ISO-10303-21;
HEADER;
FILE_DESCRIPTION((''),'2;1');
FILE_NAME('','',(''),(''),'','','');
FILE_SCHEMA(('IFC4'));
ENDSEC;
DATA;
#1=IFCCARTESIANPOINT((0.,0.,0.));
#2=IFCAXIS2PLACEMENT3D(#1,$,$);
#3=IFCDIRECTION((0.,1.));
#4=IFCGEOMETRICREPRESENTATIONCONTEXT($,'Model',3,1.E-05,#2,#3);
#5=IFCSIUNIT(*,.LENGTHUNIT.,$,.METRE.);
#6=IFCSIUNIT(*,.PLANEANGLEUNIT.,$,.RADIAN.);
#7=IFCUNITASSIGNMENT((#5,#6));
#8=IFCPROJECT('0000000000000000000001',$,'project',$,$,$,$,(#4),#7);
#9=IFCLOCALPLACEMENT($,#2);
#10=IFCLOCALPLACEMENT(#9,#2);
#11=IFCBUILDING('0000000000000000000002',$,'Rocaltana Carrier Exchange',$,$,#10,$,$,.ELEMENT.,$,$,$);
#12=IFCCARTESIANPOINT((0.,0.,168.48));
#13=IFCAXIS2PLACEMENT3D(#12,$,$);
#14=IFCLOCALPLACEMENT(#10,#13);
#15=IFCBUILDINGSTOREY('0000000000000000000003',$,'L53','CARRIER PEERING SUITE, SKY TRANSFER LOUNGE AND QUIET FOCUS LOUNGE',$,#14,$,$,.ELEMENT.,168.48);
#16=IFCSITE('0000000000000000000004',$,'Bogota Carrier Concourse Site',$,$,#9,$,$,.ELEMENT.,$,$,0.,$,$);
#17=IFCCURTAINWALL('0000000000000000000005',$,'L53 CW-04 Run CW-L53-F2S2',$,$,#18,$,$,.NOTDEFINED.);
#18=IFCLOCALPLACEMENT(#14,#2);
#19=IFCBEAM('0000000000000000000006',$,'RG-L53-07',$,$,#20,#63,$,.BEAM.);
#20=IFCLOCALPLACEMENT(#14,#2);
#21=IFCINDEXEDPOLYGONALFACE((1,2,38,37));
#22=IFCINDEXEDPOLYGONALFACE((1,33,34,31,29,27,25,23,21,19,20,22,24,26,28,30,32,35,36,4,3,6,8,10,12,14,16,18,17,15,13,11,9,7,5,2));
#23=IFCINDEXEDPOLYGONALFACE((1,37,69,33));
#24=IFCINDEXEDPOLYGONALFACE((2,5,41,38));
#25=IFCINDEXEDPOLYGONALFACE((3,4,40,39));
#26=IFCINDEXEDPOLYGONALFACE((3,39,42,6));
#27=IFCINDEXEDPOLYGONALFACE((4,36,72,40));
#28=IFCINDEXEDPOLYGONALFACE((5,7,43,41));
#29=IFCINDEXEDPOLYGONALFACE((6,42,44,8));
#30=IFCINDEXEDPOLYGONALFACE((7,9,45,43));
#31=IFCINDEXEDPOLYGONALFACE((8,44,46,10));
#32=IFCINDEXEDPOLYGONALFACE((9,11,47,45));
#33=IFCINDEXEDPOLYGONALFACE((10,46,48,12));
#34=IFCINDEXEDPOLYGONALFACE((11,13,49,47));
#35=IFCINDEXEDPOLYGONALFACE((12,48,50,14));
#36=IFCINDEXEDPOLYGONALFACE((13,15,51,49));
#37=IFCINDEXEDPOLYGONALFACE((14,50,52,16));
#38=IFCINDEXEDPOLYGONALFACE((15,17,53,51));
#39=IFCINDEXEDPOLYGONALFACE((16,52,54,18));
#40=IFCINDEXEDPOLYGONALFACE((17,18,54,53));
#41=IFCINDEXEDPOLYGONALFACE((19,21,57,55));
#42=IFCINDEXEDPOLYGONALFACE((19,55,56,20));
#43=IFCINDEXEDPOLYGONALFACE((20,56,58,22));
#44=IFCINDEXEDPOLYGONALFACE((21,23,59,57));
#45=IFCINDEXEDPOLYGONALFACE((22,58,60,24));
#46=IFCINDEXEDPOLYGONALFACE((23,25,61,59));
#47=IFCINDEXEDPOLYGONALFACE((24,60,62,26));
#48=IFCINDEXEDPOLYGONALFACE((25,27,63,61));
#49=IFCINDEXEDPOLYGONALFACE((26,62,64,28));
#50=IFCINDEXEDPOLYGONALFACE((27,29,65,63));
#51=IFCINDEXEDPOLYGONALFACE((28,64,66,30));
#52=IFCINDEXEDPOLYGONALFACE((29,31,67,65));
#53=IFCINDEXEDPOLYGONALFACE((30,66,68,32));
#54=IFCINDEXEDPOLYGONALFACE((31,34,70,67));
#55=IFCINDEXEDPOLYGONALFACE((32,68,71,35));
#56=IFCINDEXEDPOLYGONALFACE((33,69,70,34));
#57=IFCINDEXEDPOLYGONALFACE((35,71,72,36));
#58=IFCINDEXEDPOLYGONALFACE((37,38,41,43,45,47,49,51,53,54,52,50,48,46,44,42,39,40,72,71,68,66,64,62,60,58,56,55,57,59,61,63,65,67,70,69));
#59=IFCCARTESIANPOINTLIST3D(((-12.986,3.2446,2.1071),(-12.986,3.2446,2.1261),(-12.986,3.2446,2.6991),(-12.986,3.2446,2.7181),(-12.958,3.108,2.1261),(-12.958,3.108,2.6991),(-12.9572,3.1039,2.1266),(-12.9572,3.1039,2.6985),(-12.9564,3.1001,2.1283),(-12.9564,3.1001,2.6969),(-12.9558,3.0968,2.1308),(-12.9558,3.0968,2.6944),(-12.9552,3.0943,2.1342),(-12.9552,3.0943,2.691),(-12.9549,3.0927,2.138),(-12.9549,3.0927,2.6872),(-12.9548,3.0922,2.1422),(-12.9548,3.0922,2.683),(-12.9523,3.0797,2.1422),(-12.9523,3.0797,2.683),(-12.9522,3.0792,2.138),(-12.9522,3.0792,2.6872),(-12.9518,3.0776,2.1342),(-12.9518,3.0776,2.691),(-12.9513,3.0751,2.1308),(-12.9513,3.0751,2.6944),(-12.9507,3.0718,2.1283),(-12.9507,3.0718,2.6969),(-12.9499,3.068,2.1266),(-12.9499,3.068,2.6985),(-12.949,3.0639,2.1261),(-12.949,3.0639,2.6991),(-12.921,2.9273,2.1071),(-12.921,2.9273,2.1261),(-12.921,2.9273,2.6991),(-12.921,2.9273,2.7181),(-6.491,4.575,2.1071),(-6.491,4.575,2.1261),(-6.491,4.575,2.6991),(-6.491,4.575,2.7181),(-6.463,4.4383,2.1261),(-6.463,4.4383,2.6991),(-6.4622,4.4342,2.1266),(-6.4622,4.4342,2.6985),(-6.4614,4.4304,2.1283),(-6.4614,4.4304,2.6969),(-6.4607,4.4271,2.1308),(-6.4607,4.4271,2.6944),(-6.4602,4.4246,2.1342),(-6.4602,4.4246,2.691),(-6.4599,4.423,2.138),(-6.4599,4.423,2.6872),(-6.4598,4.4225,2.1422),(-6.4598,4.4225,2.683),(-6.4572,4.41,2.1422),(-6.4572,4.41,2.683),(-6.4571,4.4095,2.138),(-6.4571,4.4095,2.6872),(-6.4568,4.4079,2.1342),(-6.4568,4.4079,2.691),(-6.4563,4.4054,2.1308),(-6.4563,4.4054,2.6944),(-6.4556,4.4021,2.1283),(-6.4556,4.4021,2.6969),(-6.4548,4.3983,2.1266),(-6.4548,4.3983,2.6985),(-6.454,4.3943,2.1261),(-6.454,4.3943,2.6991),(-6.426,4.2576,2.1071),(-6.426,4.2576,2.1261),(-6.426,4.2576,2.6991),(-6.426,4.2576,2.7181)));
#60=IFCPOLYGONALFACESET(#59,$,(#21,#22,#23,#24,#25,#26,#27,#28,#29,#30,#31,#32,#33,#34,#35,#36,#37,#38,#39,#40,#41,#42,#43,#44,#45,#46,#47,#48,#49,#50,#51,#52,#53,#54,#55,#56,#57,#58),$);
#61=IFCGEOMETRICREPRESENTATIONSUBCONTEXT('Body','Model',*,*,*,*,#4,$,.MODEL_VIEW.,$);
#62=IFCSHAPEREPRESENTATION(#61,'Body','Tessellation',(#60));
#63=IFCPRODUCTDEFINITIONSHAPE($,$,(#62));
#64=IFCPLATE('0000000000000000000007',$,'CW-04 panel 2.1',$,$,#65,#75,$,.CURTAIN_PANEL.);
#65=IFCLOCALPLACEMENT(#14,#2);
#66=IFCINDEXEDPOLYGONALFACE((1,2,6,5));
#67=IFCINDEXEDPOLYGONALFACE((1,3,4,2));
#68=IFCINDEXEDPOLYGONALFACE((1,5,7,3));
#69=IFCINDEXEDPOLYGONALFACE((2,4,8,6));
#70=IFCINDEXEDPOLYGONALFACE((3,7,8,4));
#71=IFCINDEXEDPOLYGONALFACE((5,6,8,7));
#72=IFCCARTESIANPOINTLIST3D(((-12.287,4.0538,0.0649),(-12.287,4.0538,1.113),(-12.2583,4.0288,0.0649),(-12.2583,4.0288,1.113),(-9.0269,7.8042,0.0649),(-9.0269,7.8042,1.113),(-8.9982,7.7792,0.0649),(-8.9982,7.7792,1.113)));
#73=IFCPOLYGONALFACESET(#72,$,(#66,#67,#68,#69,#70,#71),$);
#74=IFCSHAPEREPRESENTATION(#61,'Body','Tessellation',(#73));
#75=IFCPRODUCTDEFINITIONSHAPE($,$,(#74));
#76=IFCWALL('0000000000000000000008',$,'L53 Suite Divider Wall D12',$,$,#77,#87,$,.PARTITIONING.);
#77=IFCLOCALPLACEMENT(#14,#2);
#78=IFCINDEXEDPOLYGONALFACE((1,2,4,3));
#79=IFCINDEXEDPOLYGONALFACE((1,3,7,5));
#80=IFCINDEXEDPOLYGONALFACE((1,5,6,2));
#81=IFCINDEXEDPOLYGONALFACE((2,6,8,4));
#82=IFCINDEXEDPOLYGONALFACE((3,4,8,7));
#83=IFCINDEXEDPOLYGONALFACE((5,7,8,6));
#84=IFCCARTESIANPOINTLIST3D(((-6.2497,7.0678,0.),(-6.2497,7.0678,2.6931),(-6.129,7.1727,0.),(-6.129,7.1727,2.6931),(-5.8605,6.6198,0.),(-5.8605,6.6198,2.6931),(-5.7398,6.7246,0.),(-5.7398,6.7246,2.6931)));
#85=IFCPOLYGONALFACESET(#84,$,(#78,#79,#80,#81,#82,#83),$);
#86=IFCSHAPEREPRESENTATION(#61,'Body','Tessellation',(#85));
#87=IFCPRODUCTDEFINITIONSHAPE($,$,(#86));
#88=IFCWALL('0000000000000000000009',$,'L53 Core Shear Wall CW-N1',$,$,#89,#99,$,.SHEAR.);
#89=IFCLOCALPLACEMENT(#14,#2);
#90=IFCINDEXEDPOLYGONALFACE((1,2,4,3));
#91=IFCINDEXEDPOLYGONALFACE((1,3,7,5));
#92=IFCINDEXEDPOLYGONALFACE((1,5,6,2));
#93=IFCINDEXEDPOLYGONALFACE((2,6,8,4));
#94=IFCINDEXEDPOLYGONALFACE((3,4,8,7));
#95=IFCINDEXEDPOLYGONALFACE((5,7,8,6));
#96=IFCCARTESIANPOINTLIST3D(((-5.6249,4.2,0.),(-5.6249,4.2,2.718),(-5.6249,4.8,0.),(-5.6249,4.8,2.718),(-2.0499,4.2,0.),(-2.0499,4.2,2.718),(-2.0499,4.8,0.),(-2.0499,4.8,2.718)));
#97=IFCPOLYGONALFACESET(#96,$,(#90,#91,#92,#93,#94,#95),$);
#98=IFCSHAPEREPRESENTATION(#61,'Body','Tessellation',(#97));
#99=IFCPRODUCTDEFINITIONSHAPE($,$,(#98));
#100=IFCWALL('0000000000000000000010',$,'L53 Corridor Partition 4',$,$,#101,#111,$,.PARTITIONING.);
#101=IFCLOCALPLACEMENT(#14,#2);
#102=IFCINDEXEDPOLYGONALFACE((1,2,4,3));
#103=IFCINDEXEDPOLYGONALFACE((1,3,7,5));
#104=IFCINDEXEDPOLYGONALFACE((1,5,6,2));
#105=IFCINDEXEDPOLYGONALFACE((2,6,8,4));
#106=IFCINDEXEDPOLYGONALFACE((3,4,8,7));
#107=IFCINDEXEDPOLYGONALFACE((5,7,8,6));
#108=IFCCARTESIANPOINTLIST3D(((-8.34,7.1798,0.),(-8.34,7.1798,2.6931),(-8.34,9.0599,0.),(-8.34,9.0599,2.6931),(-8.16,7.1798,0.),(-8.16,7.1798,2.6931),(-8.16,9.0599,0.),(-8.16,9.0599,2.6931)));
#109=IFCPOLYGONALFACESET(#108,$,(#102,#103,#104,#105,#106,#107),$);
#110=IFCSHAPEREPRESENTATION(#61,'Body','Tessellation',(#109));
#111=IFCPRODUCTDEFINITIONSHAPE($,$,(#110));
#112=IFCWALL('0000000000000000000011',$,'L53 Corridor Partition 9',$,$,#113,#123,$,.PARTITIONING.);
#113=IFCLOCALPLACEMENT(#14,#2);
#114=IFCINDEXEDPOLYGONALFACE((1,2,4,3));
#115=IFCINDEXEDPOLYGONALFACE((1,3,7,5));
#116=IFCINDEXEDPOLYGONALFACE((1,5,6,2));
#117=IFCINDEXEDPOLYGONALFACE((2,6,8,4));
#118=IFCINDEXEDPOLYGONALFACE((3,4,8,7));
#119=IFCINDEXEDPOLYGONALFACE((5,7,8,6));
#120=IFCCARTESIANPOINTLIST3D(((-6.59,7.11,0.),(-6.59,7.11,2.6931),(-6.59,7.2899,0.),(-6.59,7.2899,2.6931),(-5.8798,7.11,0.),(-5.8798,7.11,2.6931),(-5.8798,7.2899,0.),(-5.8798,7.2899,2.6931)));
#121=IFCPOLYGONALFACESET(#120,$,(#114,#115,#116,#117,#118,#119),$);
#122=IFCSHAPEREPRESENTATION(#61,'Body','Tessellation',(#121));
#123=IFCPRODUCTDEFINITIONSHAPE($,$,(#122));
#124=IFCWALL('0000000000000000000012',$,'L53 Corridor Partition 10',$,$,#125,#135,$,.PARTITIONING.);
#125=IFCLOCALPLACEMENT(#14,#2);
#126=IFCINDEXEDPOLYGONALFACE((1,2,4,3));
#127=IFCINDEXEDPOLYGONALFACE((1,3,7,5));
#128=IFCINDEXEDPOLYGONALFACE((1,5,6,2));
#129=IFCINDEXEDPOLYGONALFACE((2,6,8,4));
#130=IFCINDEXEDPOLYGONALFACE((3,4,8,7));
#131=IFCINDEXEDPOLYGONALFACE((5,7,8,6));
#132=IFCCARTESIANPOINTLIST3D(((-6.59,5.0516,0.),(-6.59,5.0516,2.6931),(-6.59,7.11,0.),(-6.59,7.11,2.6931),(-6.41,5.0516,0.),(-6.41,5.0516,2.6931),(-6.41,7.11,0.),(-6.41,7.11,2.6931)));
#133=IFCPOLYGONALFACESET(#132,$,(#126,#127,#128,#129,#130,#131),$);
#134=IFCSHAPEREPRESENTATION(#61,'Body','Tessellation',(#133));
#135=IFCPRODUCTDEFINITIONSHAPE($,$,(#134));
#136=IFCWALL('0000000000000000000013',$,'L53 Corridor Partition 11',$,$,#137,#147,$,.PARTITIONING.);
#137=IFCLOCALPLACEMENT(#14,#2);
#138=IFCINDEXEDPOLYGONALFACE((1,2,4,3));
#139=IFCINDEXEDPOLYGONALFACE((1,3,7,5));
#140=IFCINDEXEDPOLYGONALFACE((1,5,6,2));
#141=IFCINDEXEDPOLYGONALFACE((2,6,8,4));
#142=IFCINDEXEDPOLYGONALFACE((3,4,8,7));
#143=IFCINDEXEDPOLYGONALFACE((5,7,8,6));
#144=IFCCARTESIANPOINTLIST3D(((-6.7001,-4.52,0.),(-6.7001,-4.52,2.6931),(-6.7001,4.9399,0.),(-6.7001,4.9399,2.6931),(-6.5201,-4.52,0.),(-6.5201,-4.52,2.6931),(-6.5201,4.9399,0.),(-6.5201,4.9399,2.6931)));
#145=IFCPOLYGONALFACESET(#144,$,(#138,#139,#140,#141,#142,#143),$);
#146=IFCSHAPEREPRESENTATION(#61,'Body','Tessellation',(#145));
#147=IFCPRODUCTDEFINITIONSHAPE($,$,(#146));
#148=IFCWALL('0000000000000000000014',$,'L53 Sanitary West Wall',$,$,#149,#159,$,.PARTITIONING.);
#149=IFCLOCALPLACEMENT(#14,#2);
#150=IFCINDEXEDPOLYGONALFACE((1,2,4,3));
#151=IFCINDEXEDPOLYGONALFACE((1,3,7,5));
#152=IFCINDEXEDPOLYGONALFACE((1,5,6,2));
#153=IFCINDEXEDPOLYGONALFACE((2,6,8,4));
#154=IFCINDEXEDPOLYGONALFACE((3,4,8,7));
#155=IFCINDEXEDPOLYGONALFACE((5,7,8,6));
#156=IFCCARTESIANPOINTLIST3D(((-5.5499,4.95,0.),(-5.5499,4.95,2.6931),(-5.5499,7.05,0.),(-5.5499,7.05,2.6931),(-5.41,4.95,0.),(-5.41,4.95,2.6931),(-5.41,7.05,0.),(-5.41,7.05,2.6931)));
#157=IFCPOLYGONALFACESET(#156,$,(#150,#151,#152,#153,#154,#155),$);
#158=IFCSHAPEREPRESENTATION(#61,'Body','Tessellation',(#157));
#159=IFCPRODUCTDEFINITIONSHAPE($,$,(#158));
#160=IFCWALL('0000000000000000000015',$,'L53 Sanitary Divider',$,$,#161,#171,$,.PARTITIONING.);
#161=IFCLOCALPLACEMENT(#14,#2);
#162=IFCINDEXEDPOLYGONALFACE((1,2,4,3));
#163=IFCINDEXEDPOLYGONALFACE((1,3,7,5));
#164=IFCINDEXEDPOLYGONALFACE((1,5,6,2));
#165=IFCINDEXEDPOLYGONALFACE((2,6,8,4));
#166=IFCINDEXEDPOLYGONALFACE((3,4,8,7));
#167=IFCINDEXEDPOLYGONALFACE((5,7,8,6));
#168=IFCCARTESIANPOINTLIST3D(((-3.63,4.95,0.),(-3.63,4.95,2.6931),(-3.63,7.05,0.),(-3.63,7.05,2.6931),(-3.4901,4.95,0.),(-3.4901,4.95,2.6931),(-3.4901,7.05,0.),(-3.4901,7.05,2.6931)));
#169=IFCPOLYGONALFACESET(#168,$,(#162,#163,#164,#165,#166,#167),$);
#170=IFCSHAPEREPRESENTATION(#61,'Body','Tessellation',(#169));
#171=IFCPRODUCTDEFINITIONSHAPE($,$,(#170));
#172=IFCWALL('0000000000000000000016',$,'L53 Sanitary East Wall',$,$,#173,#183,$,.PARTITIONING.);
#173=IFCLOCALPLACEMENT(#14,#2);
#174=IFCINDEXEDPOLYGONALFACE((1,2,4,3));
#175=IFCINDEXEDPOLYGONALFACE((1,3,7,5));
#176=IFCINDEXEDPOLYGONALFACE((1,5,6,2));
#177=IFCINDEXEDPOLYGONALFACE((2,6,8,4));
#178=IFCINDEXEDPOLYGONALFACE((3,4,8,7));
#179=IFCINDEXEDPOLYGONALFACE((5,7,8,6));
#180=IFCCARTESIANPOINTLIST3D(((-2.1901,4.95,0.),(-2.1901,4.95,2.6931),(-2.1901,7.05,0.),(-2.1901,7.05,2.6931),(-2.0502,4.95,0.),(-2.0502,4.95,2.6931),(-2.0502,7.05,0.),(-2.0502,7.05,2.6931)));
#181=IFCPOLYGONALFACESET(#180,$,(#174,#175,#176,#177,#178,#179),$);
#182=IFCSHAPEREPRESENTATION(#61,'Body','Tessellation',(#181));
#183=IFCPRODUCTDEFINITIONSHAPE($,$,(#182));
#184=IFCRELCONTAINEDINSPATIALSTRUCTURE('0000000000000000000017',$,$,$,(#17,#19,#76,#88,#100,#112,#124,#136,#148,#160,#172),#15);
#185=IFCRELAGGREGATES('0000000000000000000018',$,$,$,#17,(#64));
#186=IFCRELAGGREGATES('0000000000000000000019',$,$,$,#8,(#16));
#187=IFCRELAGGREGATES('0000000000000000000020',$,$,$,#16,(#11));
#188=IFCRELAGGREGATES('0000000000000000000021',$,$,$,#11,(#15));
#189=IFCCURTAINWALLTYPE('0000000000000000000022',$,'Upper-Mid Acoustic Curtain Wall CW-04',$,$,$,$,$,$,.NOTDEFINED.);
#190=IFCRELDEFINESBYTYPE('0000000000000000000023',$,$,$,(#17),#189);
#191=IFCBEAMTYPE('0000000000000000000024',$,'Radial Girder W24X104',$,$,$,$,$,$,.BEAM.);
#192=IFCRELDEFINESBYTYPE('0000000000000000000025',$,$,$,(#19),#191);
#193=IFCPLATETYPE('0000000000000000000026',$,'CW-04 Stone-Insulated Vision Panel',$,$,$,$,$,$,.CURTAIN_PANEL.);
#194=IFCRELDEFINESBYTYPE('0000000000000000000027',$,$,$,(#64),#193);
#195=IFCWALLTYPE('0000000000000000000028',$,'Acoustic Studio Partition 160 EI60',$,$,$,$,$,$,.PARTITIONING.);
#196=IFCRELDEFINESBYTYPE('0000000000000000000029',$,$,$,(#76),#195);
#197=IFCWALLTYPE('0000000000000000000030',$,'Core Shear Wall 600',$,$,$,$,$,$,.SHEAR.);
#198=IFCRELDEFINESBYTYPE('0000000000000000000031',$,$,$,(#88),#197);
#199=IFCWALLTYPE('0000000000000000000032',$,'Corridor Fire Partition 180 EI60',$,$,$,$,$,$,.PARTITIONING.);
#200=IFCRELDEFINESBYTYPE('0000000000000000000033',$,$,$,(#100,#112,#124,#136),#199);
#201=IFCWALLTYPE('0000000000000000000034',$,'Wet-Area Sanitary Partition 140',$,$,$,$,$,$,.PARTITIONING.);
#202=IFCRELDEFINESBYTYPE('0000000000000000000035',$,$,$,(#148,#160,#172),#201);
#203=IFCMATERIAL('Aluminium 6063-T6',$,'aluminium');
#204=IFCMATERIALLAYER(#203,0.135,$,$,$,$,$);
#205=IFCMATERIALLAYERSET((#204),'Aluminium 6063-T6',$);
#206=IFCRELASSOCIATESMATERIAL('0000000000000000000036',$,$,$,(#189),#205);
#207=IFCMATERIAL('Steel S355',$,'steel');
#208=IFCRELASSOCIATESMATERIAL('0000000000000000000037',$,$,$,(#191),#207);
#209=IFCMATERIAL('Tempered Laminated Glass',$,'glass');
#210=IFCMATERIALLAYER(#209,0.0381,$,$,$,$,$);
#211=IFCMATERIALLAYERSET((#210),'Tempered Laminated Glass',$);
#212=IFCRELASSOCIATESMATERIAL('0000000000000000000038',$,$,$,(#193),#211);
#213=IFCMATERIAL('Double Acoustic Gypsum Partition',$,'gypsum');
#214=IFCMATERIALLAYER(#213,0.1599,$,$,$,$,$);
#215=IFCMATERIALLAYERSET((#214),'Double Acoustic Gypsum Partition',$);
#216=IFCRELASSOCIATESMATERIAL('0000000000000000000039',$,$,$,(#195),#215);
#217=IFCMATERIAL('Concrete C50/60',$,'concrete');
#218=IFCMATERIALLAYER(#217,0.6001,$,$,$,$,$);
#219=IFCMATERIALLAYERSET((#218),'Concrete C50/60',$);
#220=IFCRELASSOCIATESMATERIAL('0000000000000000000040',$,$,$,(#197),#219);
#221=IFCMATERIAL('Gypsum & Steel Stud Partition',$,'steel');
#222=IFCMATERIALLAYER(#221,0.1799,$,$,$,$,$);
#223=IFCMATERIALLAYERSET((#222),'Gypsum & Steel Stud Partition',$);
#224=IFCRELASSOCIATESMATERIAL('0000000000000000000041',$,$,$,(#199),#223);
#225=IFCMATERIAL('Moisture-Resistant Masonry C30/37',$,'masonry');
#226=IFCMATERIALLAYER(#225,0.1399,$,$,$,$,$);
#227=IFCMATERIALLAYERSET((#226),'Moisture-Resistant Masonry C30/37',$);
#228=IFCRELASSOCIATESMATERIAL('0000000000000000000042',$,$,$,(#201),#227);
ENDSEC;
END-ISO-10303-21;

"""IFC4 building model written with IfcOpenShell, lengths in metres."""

from ifc_helpers import new_model, si_unit, direction, frame, frame_2d, origin, origin_2d, place, context, subcontext, project, spatial, rectangle, i_section, extrude, material, layer, layer_set, material_profile, profile_set, type_object, element, aggregate, save


model = new_model("IFC4")

# Units and contexts
model_context = context("Model", 3, precision=1e-05, world=origin(), true_north=direction((0.0, 1.0)))
body_context = subcontext(model_context, "Body", "Model", "MODEL_VIEW")
ifc_project = project(units=[si_unit("LENGTHUNIT", "METRE"), si_unit("PLANEANGLEUNIT", "RADIAN")], contexts=[model_context])

# Site, building, storey
site_placement = place(None, origin())
site = spatial("IfcSite", under=ifc_project, at=site_placement, Name="Bogota Carrier Concourse Site", CompositionType="ELEMENT", RefElevation=0.0)
building_placement = place(site_placement, origin())
building = spatial("IfcBuilding", under=site, at=building_placement, Name="Rocaltana Carrier Exchange", CompositionType="ELEMENT")
storey_placement = place(building_placement, frame((0.0, 0.0, 168.48)))
storey = spatial("IfcBuildingStorey", under=building, at=storey_placement, Name="L53", Description="CARRIER PEERING SUITE, SKY TRANSFER LOUNGE AND QUIET FOCUS LOUNGE", CompositionType="ELEMENT", Elevation=168.48)

# Curtain wall
ifc_material_1 = material(Name="Aluminium 6063-T6", Category="aluminium")
ifc_layer_1 = layer(ifc_material_1, 0.135)
ifc_layer_set_1 = layer_set([ifc_layer_1], Name="Aluminium 6063-T6")
curtain_wall_type = type_object("IfcCurtainWallType", Name="Upper-Mid Acoustic Curtain Wall CW-04", PredefinedType="NOTDEFINED", material=ifc_layer_set_1)
curtain_wall_placement = place(storey_placement, origin())
curtain_wall = element("IfcCurtainWall", 1, at=curtain_wall_placement, inside=storey, type_object=curtain_wall_type, Name="L53 CW-04 Run CW-L53-F2S2", PredefinedType="NOTDEFINED")

# Beam
ifc_material_2 = material(Name="Steel S355", Category="steel")
ifc_material_profile_1 = material_profile(ifc_material_2, i_section(OverallWidth=0.324, OverallDepth=0.6111, WebThickness=0.0127, FlangeThickness=0.019, FilletRadius=0.0161, at=origin_2d()), Name="W24X104")
ifc_profile_set_1 = profile_set([ifc_material_profile_1], Name="Steel S355")
beam_type_1 = type_object("IfcBeamType", Name="Radial Girder W24X104", PredefinedType="BEAM", material=ifc_profile_set_1)
beam_1_placement = place(storey_placement, frame((-6.4585, 4.4163, 2.4126), z_axis=(-0.979662, -0.200653, 0.0), x_axis=(0.200653, -0.979662, 0.0)))
element("IfcBeam", 2, at=beam_1_placement, inside=storey, type_object=beam_type_1, Name="RG-L53-07", PredefinedType="BEAM", context=body_context, shape_type="SweptSolid", body=[
    extrude(i_section(OverallWidth=0.324, OverallDepth=0.6111, WebThickness=0.0127, FlangeThickness=0.019, FilletRadius=0.0161, at=origin_2d()), origin(), (0.0, 0.0, 1.0), 6.6299),
])

# Plate
ifc_material_3 = material(Name="Tempered Laminated Glass", Category="glass")
ifc_layer_2 = layer(ifc_material_3, 0.0381)
ifc_layer_set_2 = layer_set([ifc_layer_2], Name="Tempered Laminated Glass")
plate_type = type_object("IfcPlateType", Name="CW-04 Stone-Insulated Vision Panel", PredefinedType="CURTAIN_PANEL", material=ifc_layer_set_2)
plate_placement = place(storey_placement, frame((-10.6426, 5.9165, 0.0649), z_axis=(0.0, 0.0, 1.0), x_axis=(-0.656057, -0.754712, 0.0)))
plate = element("IfcPlate", 3, at=plate_placement, type_object=plate_type, Name="CW-04 panel 2.1", PredefinedType="CURTAIN_PANEL", context=body_context, shape_type="SweptSolid", body=[
    extrude(rectangle(XDim=4.9692, YDim=0.0381, at=origin_2d()), origin(), (0.0, 0.0, 1.0), 1.0481),
])
aggregate(curtain_wall, [plate])

# Walls
ifc_material_4 = material(Name="Double Acoustic Gypsum Partition", Category="gypsum")
ifc_layer_3 = layer(ifc_material_4, 0.1599)
ifc_layer_set_3 = layer_set([ifc_layer_3], Name="Double Acoustic Gypsum Partition")
wall_type_1 = type_object("IfcWallType", Name="Acoustic Studio Partition 160 EI60", PredefinedType="PARTITIONING", material=ifc_layer_set_3)
wall_1_placement = place(storey_placement, frame((-5.8, 6.6721, 0.0), z_axis=(0.0, 0.0, 1.0), x_axis=(-0.655792, 0.754942, 0.0)))
element("IfcWall", 4, at=wall_1_placement, inside=storey, type_object=wall_type_1, Name="L53 Suite Divider Wall D12", PredefinedType="PARTITIONING", context=body_context, shape_type="SweptSolid", body=[
    extrude(rectangle(XDim=0.5935, YDim=0.1599, at=frame_2d((0.2969, 0.0))), origin(), (0.0, 0.0, 1.0), 2.6931),
])
ifc_material_5 = material(Name="Concrete C50/60", Category="concrete")
ifc_layer_4 = layer(ifc_material_5, 0.6001)
ifc_layer_set_4 = layer_set([ifc_layer_4], Name="Concrete C50/60")
wall_type_2 = type_object("IfcWallType", Name="Core Shear Wall 600", PredefinedType="SHEAR", material=ifc_layer_set_4)
wall_2_placement = place(storey_placement, frame((-5.625, 4.5, 0.0), z_axis=(0.0, 0.0, 1.0), x_axis=(1.0, 0.0, 0.0)))
element("IfcWall", 5, at=wall_2_placement, inside=storey, type_object=wall_type_2, Name="L53 Core Shear Wall CW-N1", PredefinedType="SHEAR", context=body_context, shape_type="SweptSolid", body=[
    extrude(rectangle(XDim=3.575, YDim=0.6001, at=frame_2d((1.7876, 0.0))), origin(), (0.0, 0.0, 1.0), 2.718),
])
ifc_material_6 = material(Name="Gypsum & Steel Stud Partition", Category="steel")
ifc_layer_5 = layer(ifc_material_6, 0.1799)
ifc_layer_set_5 = layer_set([ifc_layer_5], Name="Gypsum & Steel Stud Partition")
wall_type_3 = type_object("IfcWallType", Name="Corridor Fire Partition 180 EI60", PredefinedType="PARTITIONING", material=ifc_layer_set_5)
wall_3_placement = place(storey_placement, frame((-8.25, 7.1799, 0.0), z_axis=(0.0, 0.0, 1.0), x_axis=(0.0, 1.0, 0.0)))
element("IfcWall", 6, at=wall_3_placement, inside=storey, type_object=wall_type_3, Name="L53 Corridor Partition 4", PredefinedType="PARTITIONING", context=body_context, shape_type="SweptSolid", body=[
    extrude(rectangle(XDim=1.8801, YDim=0.1799, at=frame_2d((0.9399, 0.0))), origin(), (0.0, 0.0, 1.0), 2.6931),
])
wall_4_placement = place(storey_placement, frame((-5.8799, 7.2, 0.0), z_axis=(0.0, 0.0, 1.0), x_axis=(-1.0, 0.0, 0.0)))
element("IfcWall", 7, at=wall_4_placement, inside=storey, type_object=wall_type_3, Name="L53 Corridor Partition 9", PredefinedType="PARTITIONING", context=body_context, shape_type="SweptSolid", body=[
    extrude(rectangle(XDim=0.7102, YDim=0.1799, at=frame_2d((0.355, 0.0))), origin(), (0.0, 0.0, 1.0), 2.6931),
])
wall_5_placement = place(storey_placement, frame((-6.5, 7.1101, 0.0), z_axis=(0.0, 0.0, 1.0), x_axis=(0.0, -1.0, 0.0)))
element("IfcWall", 8, at=wall_5_placement, inside=storey, type_object=wall_type_3, Name="L53 Corridor Partition 10", PredefinedType="PARTITIONING", context=body_context, shape_type="SweptSolid", body=[
    extrude(rectangle(XDim=2.0583, YDim=0.1799, at=frame_2d((1.0293, 0.0))), origin(), (0.0, 0.0, 1.0), 2.6931),
])
wall_6_placement = place(storey_placement, frame((-6.6101, 4.9399, 0.0), z_axis=(0.0, 0.0, 1.0), x_axis=(0.0, -1.0, 0.0)))
element("IfcWall", 9, at=wall_6_placement, inside=storey, type_object=wall_type_3, Name="L53 Corridor Partition 11", PredefinedType="PARTITIONING", context=body_context, shape_type="SweptSolid", body=[
    extrude(rectangle(XDim=9.46, YDim=0.1799, at=frame_2d((4.73, 0.0))), origin(), (0.0, 0.0, 1.0), 2.6931),
])
ifc_material_7 = material(Name="Moisture-Resistant Masonry C30/37", Category="masonry")
ifc_layer_6 = layer(ifc_material_7, 0.1399)
ifc_layer_set_6 = layer_set([ifc_layer_6], Name="Moisture-Resistant Masonry C30/37")
wall_type_4 = type_object("IfcWallType", Name="Wet-Area Sanitary Partition 140", PredefinedType="PARTITIONING", material=ifc_layer_set_6)
for number, where, z_axis, x_axis, name in (
    (10, (-5.48, 4.95, 0.0), (0.0, 0.0, 1.0), (0.0, 1.0, 0.0), "L53 Sanitary West Wall"),
    (11, (-3.5601, 4.95, 0.0), (0.0, 0.0, 1.0), (0.0, 1.0, 0.0), "L53 Sanitary Divider"),
    (12, (-2.1201, 4.95, 0.0), (0.0, 0.0, 1.0), (0.0, 1.0, 0.0), "L53 Sanitary East Wall"),
):
    element("IfcWall", number, at=place(storey_placement, frame(where, z_axis=z_axis, x_axis=x_axis)), inside=storey, type_object=wall_type_4, Name=name, PredefinedType="PARTITIONING", context=body_context, shape_type="SweptSolid", body=[
        extrude(rectangle(XDim=2.1001, YDim=0.1399, at=frame_2d((1.05, 0.0))), origin(), (0.0, 0.0, 1.0), 2.6931),
    ])

save(model, "model.ifc")
